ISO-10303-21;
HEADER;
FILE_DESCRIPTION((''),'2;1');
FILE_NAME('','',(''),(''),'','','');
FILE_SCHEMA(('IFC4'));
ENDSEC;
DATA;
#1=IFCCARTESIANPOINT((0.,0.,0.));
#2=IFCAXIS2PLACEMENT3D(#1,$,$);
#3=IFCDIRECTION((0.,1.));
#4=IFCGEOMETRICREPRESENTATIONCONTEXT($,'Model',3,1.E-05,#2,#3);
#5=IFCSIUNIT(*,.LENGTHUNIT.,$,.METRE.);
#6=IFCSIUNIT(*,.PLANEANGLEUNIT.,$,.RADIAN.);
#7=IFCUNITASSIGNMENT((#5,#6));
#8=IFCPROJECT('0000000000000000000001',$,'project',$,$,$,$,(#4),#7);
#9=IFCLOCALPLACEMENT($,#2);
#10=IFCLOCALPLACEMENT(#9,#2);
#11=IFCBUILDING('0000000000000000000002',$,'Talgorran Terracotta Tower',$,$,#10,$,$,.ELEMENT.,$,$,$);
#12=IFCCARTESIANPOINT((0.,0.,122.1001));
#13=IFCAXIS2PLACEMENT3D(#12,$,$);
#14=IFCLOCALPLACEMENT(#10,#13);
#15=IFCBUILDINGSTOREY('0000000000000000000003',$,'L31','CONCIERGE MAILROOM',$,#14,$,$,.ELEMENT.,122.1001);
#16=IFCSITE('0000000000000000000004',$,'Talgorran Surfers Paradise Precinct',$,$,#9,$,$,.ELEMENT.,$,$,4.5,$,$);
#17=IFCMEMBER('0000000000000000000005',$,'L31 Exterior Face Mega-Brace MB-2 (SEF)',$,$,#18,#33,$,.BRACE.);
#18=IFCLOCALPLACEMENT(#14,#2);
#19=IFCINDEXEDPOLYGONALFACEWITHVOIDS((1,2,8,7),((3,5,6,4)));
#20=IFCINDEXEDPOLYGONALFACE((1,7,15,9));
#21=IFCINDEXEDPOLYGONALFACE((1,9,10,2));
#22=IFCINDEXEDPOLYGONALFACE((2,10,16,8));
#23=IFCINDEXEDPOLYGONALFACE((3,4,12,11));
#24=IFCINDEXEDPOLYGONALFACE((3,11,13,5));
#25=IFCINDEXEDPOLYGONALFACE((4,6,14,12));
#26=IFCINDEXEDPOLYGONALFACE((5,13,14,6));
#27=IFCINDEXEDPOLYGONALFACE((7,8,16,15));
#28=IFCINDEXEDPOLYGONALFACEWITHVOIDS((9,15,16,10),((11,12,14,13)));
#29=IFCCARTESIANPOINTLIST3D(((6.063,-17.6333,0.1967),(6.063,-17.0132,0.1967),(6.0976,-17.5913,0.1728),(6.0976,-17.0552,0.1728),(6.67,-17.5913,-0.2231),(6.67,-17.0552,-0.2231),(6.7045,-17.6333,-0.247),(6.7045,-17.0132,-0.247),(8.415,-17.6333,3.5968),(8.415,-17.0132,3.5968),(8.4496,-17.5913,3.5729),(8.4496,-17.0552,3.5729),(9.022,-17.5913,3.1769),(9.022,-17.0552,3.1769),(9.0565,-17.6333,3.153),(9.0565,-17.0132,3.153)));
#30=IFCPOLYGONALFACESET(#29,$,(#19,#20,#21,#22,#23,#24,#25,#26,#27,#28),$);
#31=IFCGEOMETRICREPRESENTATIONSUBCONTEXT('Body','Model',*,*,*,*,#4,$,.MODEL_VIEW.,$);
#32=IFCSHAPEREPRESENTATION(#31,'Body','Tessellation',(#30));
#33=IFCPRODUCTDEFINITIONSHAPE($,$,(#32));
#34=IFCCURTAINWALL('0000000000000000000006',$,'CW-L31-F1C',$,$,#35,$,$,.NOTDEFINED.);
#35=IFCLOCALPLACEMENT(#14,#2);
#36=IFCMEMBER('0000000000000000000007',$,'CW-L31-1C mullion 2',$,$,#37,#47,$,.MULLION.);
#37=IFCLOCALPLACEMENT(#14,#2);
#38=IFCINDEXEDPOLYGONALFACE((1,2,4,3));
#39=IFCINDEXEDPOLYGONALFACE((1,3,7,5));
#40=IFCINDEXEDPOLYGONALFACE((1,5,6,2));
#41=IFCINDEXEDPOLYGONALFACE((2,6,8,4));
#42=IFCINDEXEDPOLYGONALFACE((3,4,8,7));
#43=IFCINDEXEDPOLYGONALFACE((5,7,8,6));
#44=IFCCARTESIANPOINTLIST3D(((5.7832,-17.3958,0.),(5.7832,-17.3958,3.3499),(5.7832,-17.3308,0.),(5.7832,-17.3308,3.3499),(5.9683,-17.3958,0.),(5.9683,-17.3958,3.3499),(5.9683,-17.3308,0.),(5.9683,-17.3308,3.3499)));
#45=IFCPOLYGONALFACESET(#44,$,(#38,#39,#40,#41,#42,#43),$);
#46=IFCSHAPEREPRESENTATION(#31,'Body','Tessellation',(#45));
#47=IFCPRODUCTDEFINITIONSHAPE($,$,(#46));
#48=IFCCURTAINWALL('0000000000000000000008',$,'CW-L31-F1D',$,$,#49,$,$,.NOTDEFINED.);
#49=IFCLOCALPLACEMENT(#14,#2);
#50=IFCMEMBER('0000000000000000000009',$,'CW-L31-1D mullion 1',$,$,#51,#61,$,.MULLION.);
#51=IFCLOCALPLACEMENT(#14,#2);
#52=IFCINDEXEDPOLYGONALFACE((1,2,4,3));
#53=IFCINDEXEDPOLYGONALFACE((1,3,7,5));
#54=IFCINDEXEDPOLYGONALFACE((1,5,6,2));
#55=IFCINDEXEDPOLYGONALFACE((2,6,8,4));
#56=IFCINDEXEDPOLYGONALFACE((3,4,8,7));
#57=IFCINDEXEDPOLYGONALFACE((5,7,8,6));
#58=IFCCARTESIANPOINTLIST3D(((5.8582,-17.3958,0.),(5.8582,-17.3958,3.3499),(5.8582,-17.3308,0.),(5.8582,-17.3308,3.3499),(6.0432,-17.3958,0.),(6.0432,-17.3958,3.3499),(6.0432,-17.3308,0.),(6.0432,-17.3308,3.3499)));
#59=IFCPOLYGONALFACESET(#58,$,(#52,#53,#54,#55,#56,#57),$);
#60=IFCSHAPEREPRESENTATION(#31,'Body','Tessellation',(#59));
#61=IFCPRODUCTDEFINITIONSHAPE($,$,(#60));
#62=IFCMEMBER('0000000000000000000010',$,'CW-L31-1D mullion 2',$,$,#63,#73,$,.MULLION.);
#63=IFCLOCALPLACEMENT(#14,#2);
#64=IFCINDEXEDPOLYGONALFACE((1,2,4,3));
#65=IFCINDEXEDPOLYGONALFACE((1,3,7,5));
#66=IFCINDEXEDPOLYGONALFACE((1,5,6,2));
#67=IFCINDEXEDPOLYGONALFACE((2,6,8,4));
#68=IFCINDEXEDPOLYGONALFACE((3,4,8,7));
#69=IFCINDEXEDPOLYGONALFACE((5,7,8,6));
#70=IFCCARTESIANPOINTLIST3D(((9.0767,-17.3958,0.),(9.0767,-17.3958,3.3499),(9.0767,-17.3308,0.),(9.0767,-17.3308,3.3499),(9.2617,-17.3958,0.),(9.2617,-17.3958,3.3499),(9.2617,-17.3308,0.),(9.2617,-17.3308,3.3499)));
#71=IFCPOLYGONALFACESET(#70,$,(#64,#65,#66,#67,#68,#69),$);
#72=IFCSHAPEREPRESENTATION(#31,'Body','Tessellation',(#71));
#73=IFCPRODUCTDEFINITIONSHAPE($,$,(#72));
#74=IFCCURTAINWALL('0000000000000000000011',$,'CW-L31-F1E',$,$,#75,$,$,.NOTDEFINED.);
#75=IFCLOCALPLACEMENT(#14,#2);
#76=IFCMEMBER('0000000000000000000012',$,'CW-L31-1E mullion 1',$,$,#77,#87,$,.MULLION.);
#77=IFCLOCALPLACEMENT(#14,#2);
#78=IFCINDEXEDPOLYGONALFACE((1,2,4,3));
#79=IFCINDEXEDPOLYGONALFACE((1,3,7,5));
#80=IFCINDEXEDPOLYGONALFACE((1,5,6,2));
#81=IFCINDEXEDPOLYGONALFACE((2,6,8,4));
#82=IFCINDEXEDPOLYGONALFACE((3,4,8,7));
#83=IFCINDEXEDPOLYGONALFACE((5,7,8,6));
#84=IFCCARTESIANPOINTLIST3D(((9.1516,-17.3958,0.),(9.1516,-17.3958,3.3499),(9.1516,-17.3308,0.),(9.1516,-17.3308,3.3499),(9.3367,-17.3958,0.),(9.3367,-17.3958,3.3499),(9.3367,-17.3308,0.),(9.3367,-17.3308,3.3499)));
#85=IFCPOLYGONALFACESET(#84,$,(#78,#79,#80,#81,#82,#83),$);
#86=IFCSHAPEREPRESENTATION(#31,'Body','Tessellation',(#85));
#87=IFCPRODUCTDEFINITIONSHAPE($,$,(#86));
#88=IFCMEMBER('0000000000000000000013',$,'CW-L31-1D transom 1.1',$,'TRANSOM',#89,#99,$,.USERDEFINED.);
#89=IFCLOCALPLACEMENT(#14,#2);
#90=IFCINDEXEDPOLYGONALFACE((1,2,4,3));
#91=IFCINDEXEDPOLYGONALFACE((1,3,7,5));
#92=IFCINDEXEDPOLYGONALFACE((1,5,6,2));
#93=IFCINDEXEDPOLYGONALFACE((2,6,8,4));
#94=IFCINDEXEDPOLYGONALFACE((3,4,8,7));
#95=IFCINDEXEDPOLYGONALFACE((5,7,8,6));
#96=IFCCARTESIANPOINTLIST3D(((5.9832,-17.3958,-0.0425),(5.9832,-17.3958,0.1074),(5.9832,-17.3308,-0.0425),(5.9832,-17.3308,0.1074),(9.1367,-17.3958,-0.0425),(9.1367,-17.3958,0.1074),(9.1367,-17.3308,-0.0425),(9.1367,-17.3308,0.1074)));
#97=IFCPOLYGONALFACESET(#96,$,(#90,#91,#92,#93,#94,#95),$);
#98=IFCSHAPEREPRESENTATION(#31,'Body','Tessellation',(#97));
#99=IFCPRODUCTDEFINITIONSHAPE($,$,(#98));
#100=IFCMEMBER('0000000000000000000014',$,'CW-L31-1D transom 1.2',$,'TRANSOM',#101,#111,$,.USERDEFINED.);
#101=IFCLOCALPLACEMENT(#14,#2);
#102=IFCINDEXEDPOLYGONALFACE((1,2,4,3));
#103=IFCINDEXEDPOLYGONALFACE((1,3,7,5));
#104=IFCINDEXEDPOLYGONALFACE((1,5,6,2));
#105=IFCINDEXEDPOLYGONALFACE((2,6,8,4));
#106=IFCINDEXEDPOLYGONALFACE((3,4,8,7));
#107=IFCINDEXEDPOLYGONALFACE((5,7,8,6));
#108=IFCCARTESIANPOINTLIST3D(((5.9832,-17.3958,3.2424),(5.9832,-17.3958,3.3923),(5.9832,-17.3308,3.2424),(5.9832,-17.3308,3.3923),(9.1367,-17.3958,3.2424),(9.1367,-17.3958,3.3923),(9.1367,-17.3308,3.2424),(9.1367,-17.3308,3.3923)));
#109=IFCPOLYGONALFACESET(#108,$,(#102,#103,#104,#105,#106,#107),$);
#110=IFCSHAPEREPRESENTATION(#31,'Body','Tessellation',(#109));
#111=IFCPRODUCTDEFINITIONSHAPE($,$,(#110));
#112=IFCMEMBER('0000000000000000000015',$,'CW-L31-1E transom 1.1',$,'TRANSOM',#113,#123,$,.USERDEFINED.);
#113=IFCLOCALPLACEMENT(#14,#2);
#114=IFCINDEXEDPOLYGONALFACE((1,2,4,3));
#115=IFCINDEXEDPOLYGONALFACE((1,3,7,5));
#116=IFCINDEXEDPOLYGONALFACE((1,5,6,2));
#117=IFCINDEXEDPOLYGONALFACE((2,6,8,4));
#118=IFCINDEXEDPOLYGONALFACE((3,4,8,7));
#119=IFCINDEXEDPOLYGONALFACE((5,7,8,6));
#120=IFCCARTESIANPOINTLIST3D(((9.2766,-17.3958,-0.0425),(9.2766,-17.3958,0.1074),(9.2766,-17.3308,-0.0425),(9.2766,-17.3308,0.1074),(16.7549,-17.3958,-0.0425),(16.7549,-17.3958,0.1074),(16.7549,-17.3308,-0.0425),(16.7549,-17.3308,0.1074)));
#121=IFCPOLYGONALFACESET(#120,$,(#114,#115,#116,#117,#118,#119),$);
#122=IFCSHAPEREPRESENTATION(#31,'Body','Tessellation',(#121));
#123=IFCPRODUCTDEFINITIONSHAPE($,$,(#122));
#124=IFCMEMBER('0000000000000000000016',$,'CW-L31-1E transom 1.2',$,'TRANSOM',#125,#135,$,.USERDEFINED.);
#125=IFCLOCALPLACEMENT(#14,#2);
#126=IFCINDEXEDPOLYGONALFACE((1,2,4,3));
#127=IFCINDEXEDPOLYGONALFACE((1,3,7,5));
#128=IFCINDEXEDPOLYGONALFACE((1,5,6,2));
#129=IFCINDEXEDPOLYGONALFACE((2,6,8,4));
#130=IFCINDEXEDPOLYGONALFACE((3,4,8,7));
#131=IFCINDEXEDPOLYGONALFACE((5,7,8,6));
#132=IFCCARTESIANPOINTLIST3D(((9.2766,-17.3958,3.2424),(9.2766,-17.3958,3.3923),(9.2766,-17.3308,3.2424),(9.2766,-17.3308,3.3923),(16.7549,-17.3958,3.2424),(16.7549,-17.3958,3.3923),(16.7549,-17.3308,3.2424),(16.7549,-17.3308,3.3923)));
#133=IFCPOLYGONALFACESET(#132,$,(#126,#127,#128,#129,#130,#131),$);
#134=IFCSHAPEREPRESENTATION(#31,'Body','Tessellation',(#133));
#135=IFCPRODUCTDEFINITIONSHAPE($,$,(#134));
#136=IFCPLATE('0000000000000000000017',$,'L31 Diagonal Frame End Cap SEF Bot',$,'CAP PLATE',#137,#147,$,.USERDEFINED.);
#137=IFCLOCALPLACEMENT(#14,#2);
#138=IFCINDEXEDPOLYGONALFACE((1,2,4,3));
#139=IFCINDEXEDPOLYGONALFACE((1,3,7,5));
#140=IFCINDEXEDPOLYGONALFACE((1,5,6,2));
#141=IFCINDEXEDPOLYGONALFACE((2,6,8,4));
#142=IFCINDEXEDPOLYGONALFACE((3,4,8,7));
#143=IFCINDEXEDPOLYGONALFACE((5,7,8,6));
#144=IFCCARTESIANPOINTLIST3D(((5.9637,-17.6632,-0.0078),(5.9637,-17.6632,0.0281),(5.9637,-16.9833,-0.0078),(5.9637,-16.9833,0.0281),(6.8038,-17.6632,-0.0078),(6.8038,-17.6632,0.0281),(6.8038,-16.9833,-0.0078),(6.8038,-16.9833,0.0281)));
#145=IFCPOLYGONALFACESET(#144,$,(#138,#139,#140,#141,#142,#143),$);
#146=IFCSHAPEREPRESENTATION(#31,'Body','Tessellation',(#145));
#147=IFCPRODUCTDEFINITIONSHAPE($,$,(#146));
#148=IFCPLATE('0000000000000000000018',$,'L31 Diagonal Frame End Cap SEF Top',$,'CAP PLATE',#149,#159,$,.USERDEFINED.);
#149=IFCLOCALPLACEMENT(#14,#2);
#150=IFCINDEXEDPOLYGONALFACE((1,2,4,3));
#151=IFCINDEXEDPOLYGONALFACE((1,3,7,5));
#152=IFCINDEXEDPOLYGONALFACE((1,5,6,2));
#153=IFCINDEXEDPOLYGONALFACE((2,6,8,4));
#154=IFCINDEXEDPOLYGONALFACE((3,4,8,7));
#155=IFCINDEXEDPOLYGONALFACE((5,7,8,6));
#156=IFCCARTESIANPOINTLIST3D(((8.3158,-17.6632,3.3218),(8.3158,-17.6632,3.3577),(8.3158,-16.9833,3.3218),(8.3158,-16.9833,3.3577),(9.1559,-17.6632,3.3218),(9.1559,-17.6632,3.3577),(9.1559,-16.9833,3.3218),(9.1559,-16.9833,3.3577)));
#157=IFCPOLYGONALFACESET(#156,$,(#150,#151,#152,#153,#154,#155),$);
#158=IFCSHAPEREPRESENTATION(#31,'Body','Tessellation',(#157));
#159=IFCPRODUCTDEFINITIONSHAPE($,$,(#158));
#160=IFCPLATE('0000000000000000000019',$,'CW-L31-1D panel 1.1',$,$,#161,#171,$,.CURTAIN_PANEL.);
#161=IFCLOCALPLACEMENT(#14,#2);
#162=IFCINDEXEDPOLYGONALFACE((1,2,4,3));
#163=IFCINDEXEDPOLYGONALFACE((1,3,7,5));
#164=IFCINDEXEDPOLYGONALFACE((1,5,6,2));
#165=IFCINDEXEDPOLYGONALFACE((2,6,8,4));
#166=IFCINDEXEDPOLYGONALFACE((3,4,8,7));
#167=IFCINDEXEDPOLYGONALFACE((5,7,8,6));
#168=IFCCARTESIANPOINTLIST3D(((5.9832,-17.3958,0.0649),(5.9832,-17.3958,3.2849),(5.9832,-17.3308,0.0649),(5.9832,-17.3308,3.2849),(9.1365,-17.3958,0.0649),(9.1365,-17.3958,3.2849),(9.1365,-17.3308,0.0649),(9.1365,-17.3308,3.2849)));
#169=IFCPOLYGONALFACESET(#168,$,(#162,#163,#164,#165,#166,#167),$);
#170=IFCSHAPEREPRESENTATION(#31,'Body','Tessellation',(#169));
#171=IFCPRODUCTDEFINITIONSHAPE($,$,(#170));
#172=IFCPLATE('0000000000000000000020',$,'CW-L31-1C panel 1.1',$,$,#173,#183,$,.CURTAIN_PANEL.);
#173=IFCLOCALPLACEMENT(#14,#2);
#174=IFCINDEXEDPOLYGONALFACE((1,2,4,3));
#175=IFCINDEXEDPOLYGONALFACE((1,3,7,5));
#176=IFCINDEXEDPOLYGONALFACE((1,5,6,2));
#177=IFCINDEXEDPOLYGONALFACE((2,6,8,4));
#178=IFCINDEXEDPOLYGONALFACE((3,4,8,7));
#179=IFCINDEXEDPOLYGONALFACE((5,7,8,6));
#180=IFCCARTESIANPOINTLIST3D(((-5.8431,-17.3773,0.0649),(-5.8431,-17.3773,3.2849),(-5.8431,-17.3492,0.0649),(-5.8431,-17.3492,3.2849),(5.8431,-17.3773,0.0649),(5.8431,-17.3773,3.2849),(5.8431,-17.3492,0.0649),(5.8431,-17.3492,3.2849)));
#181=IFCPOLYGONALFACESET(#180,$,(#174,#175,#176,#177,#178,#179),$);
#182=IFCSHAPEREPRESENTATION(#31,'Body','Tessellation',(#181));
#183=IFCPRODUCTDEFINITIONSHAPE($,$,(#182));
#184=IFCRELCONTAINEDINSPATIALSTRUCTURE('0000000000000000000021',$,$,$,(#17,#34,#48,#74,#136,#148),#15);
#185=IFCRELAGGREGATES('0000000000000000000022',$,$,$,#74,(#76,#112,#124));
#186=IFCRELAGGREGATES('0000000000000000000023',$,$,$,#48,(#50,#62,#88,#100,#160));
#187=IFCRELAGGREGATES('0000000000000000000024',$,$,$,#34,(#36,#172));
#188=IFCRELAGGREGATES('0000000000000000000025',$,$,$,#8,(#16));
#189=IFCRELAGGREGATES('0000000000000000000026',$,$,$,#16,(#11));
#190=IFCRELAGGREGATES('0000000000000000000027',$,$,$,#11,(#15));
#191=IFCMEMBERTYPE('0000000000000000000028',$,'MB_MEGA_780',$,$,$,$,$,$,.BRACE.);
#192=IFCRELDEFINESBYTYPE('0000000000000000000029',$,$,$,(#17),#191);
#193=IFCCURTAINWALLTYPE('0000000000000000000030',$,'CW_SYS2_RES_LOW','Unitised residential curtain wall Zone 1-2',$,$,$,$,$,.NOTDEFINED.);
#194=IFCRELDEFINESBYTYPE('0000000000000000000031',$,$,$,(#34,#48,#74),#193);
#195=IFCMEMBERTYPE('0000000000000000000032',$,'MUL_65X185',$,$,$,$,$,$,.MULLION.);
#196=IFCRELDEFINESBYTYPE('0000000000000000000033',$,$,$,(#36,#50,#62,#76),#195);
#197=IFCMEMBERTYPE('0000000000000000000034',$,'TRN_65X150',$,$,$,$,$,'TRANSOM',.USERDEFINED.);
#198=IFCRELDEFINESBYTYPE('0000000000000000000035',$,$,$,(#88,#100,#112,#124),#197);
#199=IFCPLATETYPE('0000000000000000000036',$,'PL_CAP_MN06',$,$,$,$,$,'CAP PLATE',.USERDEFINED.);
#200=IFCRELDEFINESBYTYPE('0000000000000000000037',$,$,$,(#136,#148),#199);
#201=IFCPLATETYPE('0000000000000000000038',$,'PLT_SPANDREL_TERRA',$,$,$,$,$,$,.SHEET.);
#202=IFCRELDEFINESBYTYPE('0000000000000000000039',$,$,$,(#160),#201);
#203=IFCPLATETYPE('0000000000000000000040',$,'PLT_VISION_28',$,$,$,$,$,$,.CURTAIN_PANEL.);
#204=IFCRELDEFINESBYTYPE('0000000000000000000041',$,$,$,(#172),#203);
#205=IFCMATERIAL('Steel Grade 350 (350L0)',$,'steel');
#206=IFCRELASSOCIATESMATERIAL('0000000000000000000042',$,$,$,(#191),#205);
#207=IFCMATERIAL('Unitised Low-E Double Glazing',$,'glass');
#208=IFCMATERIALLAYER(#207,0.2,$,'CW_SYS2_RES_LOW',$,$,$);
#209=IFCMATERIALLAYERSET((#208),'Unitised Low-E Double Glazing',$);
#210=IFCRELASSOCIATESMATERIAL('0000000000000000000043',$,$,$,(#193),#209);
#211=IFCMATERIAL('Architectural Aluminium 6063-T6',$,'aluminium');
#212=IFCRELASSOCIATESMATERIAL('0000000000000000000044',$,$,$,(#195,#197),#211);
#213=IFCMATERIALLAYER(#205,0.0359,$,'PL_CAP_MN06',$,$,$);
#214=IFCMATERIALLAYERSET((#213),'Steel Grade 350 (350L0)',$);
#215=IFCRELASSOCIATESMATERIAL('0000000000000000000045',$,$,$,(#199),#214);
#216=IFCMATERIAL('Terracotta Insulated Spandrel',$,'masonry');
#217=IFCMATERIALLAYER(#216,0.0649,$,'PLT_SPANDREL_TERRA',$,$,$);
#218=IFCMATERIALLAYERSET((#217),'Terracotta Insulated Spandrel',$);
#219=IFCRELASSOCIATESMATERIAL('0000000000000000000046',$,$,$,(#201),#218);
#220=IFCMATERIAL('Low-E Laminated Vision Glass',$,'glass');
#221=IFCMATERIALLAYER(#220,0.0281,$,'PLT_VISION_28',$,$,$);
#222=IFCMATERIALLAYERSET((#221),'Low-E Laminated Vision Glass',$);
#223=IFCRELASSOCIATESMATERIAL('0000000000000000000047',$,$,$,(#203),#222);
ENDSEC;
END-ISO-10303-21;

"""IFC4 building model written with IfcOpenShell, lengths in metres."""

from ifc_helpers import new_model, si_unit, direction, frame, origin, origin_2d, place, context, subcontext, project, spatial, rectangle, hollow_rectangle, extrude, source, transform, mapped, material, layer, layer_set, material_profile, profile_set, type_object, type_shapes, element, aggregate, save


model = new_model("IFC4")

# Units and contexts
model_context = context("Model", 3, precision=1e-05, world=origin(), true_north=direction((0.0, 1.0)))
body_context = subcontext(model_context, "Body", "Model", "MODEL_VIEW")
ifc_project = project(units=[si_unit("LENGTHUNIT", "METRE"), si_unit("PLANEANGLEUNIT", "RADIAN")], contexts=[model_context])

# Site, building, storey
site_placement = place(None, origin())
site = spatial("IfcSite", under=ifc_project, at=site_placement, Name="Talgorran Surfers Paradise Precinct", CompositionType="ELEMENT", RefElevation=4.5)
building_placement = place(site_placement, origin())
building = spatial("IfcBuilding", under=site, at=building_placement, Name="Talgorran Terracotta Tower", CompositionType="ELEMENT")
storey_placement = place(building_placement, frame((0.0, 0.0, 122.1001)))
storey = spatial("IfcBuildingStorey", under=building, at=storey_placement, Name="L31", Description="CONCIERGE MAILROOM", CompositionType="ELEMENT", Elevation=122.1001)

# Member
ifc_material_1 = material(Name="Steel Grade 350 (350L0)", Category="steel")
ifc_material_profile_1 = material_profile(ifc_material_1, hollow_rectangle(XDim=0.6201, YDim=0.78, WallThickness=0.042, at=origin_2d()), Name="WBOX780X620X42")
ifc_profile_set_1 = profile_set([ifc_material_profile_1], Name="Steel Grade 350 (350L0)")
member_type_1 = type_object("IfcMemberType", Name="MB_MEGA_780", PredefinedType="BRACE", material=ifc_profile_set_1)
member_1_placement = place(storey_placement, frame((6.3838, -17.3232, -0.0251), z_axis=(0.5689, 0.0, 0.822407), x_axis=(0.0, 1.0, 0.0)))
element("IfcMember", 1, at=member_1_placement, inside=storey, type_object=member_type_1, Name="L31 Exterior Face Mega-Brace MB-2 (SEF)", PredefinedType="BRACE", context=body_context, shape_type="SweptSolid", body=[
    extrude(hollow_rectangle(XDim=0.6201, YDim=0.78, WallThickness=0.042, at=origin_2d()), origin(), (0.0, 0.0, 1.0), 4.1343),
])

# Curtain wall, member
ifc_material_2 = material(Name="Unitised Low-E Double Glazing", Category="glass")
ifc_layer_1 = layer(ifc_material_2, 0.2, Name="CW_SYS2_RES_LOW")
ifc_layer_set_1 = layer_set([ifc_layer_1], Name="Unitised Low-E Double Glazing")
curtain_wall_type = type_object("IfcCurtainWallType", Name="CW_SYS2_RES_LOW", Description="Unitised residential curtain wall Zone 1-2", PredefinedType="NOTDEFINED", material=ifc_layer_set_1)
curtain_wall_1_placement = place(storey_placement, origin())
curtain_wall_1 = element("IfcCurtainWall", 2, at=curtain_wall_1_placement, inside=storey, type_object=curtain_wall_type, Name="CW-L31-F1C", PredefinedType="NOTDEFINED")
ifc_material_3 = material(Name="Architectural Aluminium 6063-T6", Category="aluminium")
ifc_material_profile_2 = material_profile(ifc_material_3, rectangle(XDim=0.0649, YDim=0.1851, at=origin_2d()), Name="CWM65X185")
ifc_profile_set_2 = profile_set([ifc_material_profile_2], Name="Architectural Aluminium 6063-T6")
member_type_2 = type_object("IfcMemberType", Name="MUL_65X185", PredefinedType="MULLION", material=ifc_profile_set_2)
member_2_placement = place(storey_placement, frame((5.8757, -17.3633, 0.0), z_axis=(0.0, 0.0, 1.0), x_axis=(0.0, 1.0, 0.0)))
member_2 = element("IfcMember", 3, at=member_2_placement, type_object=member_type_2, Name="CW-L31-1C mullion 2", PredefinedType="MULLION", context=body_context, shape_type="SweptSolid", body=[
    extrude(rectangle(XDim=0.0649, YDim=0.1851, at=origin_2d()), origin(), (0.0, 0.0, 1.0), 3.3499),
])

# Curtain wall, members
curtain_wall_2_placement = place(storey_placement, origin())
curtain_wall_2 = element("IfcCurtainWall", 4, at=curtain_wall_2_placement, inside=storey, type_object=curtain_wall_type, Name="CW-L31-F1D", PredefinedType="NOTDEFINED")
member_3_placement = place(storey_placement, frame((5.9507, -17.3633, 0.0), z_axis=(0.0, 0.0, 1.0), x_axis=(0.0, 1.0, 0.0)))
member_3 = element("IfcMember", 5, at=member_3_placement, type_object=member_type_2, Name="CW-L31-1D mullion 1", PredefinedType="MULLION", context=body_context, shape_type="SweptSolid", body=[
    extrude(rectangle(XDim=0.0649, YDim=0.1851, at=origin_2d()), origin(), (0.0, 0.0, 1.0), 3.3499),
])
member_4_placement = place(storey_placement, frame((9.1692, -17.3633, 0.0), z_axis=(0.0, 0.0, 1.0), x_axis=(0.0, 1.0, 0.0)))
member_4 = element("IfcMember", 6, at=member_4_placement, type_object=member_type_2, Name="CW-L31-1D mullion 2", PredefinedType="MULLION", context=body_context, shape_type="SweptSolid", body=[
    extrude(rectangle(XDim=0.0649, YDim=0.1851, at=origin_2d()), origin(), (0.0, 0.0, 1.0), 3.3499),
])

# Curtain wall, member
curtain_wall_3_placement = place(storey_placement, origin())
curtain_wall_3 = element("IfcCurtainWall", 7, at=curtain_wall_3_placement, inside=storey, type_object=curtain_wall_type, Name="CW-L31-F1E", PredefinedType="NOTDEFINED")
member_5_placement = place(storey_placement, frame((9.2441, -17.3633, 0.0), z_axis=(0.0, 0.0, 1.0), x_axis=(0.0, 1.0, 0.0)))
member_5 = element("IfcMember", 8, at=member_5_placement, type_object=member_type_2, Name="CW-L31-1E mullion 1", PredefinedType="MULLION", context=body_context, shape_type="SweptSolid", body=[
    extrude(rectangle(XDim=0.0649, YDim=0.1851, at=origin_2d()), origin(), (0.0, 0.0, 1.0), 3.3499),
])

# Members
ifc_material_profile_3 = material_profile(ifc_material_3, rectangle(XDim=0.0649, YDim=0.1499, at=origin_2d()), Name="CWT65X150")
ifc_profile_set_3 = profile_set([ifc_material_profile_3], Name="Architectural Aluminium 6063-T6")
member_type_3 = type_object("IfcMemberType", Name="TRN_65X150", ElementType="TRANSOM", PredefinedType="USERDEFINED", material=ifc_profile_set_3)
member_6_placement = place(storey_placement, frame((5.9832, -17.3633, 0.0325), z_axis=(1.0, 0.0, 0.0), x_axis=(0.0, 1.0, 0.0)))
member_6 = element("IfcMember", 9, at=member_6_placement, type_object=member_type_3, Name="CW-L31-1D transom 1.1", ObjectType="TRANSOM", PredefinedType="USERDEFINED", context=body_context, shape_type="SweptSolid", body=[
    extrude(rectangle(XDim=0.0649, YDim=0.1499, at=origin_2d()), origin(), (0.0, 0.0, 1.0), 3.1536),
])
member_7_placement = place(storey_placement, frame((5.9832, -17.3633, 3.3174), z_axis=(1.0, 0.0, 0.0), x_axis=(0.0, 1.0, 0.0)))
member_7 = element("IfcMember", 10, at=member_7_placement, type_object=member_type_3, Name="CW-L31-1D transom 1.2", ObjectType="TRANSOM", PredefinedType="USERDEFINED", context=body_context, shape_type="SweptSolid", body=[
    extrude(rectangle(XDim=0.0649, YDim=0.1499, at=origin_2d()), origin(), (0.0, 0.0, 1.0), 3.1536),
])
member_8_placement = place(storey_placement, frame((9.2766, -17.3633, 0.0325), z_axis=(1.0, 0.0, 0.0), x_axis=(0.0, 1.0, 0.0)))
member_8 = element("IfcMember", 11, at=member_8_placement, type_object=member_type_3, Name="CW-L31-1E transom 1.1", ObjectType="TRANSOM", PredefinedType="USERDEFINED", context=body_context, shape_type="SweptSolid", body=[
    extrude(rectangle(XDim=0.0649, YDim=0.1499, at=origin_2d()), origin(), (0.0, 0.0, 1.0), 7.4783),
])
member_9_placement = place(storey_placement, frame((9.2766, -17.3633, 3.3174), z_axis=(1.0, 0.0, 0.0), x_axis=(0.0, 1.0, 0.0)))
member_9 = element("IfcMember", 12, at=member_9_placement, type_object=member_type_3, Name="CW-L31-1E transom 1.2", ObjectType="TRANSOM", PredefinedType="USERDEFINED", context=body_context, shape_type="SweptSolid", body=[
    extrude(rectangle(XDim=0.0649, YDim=0.1499, at=origin_2d()), origin(), (0.0, 0.0, 1.0), 7.4783),
])
aggregate(curtain_wall_3, [member_5, member_8, member_9])

# Plates
ifc_layer_2 = layer(ifc_material_1, 0.0359, Name="PL_CAP_MN06")
ifc_layer_set_2 = layer_set([ifc_layer_2], Name="Steel Grade 350 (350L0)")
plate_type_1 = type_object("IfcPlateType", Name="PL_CAP_MN06", ElementType="CAP PLATE", PredefinedType="USERDEFINED", material=ifc_layer_set_2)
for number, where, z_axis, x_axis, name in (
    (13, (6.3838, -17.3232, -0.0078), (0.0, 0.0, 1.0), (1.0, 0.0, 0.0), "L31 Diagonal Frame End Cap SEF Bot"),
    (14, (8.7358, -17.3232, 3.3218), (0.0, 0.0, 1.0), (1.0, 0.0, 0.0), "L31 Diagonal Frame End Cap SEF Top"),
):
    element("IfcPlate", number, at=place(storey_placement, frame(where, z_axis=z_axis, x_axis=x_axis)), inside=storey, type_object=plate_type_1, Name=name, ObjectType="CAP PLATE", PredefinedType="USERDEFINED", context=body_context, shape_type="SweptSolid", body=[
        extrude(rectangle(XDim=0.8401, YDim=0.6799, at=origin_2d()), origin(), (0.0, 0.0, 1.0), 0.0359),
    ])

# Plates
ifc_material_4 = material(Name="Terracotta Insulated Spandrel", Category="masonry")
ifc_layer_3 = layer(ifc_material_4, 0.0649, Name="PLT_SPANDREL_TERRA")
ifc_layer_set_3 = layer_set([ifc_layer_3], Name="Terracotta Insulated Spandrel")
plate_type_2 = type_object("IfcPlateType", Name="PLT_SPANDREL_TERRA", PredefinedType="SHEET", material=ifc_layer_set_3)
shared_shape_1 = source(origin(), body_context, "Body", "SweptSolid", [
    extrude(rectangle(XDim=3.1533, YDim=0.0649, at=origin_2d()), origin(), (0.0, 0.0, 1.0), 3.22),
])
type_shapes(plate_type_2, [shared_shape_1])
plate_1_placement = place(storey_placement, frame((7.5598, -17.3633, 0.0649), z_axis=(0.0, 0.0, 1.0), x_axis=(1.0, 0.0, 0.0)))
plate_1 = element("IfcPlate", 15, at=plate_1_placement, type_object=plate_type_2, Name="CW-L31-1D panel 1.1", PredefinedType="CURTAIN_PANEL", context=body_context, shape_type="MappedRepresentation", body=[
    mapped(shared_shape_1, transform((0.0, 0.0, 0.0), scale=1.0)),
])
aggregate(curtain_wall_2, [member_3, member_4, member_6, member_7, plate_1])
ifc_material_5 = material(Name="Low-E Laminated Vision Glass", Category="glass")
ifc_layer_4 = layer(ifc_material_5, 0.0281, Name="PLT_VISION_28")
ifc_layer_set_4 = layer_set([ifc_layer_4], Name="Low-E Laminated Vision Glass")
plate_type_3 = type_object("IfcPlateType", Name="PLT_VISION_28", PredefinedType="CURTAIN_PANEL", material=ifc_layer_set_4)
shared_shape_2 = source(origin(), body_context, "Body", "SweptSolid", [
    extrude(rectangle(XDim=11.6863, YDim=0.0281, at=origin_2d()), origin(), (0.0, 0.0, 1.0), 3.22),
])
type_shapes(plate_type_3, [shared_shape_2])
plate_2_placement = place(storey_placement, frame((0.0, -17.3633, 0.0649), z_axis=(0.0, 0.0, 1.0), x_axis=(1.0, 0.0, 0.0)))
plate_2 = element("IfcPlate", 16, at=plate_2_placement, type_object=plate_type_3, Name="CW-L31-1C panel 1.1", PredefinedType="CURTAIN_PANEL", context=body_context, shape_type="MappedRepresentation", body=[
    mapped(shared_shape_2, transform((0.0, 0.0, 0.0), scale=1.0)),
])
aggregate(curtain_wall_1, [member_2, plate_2])

save(model, "model.ifc")
